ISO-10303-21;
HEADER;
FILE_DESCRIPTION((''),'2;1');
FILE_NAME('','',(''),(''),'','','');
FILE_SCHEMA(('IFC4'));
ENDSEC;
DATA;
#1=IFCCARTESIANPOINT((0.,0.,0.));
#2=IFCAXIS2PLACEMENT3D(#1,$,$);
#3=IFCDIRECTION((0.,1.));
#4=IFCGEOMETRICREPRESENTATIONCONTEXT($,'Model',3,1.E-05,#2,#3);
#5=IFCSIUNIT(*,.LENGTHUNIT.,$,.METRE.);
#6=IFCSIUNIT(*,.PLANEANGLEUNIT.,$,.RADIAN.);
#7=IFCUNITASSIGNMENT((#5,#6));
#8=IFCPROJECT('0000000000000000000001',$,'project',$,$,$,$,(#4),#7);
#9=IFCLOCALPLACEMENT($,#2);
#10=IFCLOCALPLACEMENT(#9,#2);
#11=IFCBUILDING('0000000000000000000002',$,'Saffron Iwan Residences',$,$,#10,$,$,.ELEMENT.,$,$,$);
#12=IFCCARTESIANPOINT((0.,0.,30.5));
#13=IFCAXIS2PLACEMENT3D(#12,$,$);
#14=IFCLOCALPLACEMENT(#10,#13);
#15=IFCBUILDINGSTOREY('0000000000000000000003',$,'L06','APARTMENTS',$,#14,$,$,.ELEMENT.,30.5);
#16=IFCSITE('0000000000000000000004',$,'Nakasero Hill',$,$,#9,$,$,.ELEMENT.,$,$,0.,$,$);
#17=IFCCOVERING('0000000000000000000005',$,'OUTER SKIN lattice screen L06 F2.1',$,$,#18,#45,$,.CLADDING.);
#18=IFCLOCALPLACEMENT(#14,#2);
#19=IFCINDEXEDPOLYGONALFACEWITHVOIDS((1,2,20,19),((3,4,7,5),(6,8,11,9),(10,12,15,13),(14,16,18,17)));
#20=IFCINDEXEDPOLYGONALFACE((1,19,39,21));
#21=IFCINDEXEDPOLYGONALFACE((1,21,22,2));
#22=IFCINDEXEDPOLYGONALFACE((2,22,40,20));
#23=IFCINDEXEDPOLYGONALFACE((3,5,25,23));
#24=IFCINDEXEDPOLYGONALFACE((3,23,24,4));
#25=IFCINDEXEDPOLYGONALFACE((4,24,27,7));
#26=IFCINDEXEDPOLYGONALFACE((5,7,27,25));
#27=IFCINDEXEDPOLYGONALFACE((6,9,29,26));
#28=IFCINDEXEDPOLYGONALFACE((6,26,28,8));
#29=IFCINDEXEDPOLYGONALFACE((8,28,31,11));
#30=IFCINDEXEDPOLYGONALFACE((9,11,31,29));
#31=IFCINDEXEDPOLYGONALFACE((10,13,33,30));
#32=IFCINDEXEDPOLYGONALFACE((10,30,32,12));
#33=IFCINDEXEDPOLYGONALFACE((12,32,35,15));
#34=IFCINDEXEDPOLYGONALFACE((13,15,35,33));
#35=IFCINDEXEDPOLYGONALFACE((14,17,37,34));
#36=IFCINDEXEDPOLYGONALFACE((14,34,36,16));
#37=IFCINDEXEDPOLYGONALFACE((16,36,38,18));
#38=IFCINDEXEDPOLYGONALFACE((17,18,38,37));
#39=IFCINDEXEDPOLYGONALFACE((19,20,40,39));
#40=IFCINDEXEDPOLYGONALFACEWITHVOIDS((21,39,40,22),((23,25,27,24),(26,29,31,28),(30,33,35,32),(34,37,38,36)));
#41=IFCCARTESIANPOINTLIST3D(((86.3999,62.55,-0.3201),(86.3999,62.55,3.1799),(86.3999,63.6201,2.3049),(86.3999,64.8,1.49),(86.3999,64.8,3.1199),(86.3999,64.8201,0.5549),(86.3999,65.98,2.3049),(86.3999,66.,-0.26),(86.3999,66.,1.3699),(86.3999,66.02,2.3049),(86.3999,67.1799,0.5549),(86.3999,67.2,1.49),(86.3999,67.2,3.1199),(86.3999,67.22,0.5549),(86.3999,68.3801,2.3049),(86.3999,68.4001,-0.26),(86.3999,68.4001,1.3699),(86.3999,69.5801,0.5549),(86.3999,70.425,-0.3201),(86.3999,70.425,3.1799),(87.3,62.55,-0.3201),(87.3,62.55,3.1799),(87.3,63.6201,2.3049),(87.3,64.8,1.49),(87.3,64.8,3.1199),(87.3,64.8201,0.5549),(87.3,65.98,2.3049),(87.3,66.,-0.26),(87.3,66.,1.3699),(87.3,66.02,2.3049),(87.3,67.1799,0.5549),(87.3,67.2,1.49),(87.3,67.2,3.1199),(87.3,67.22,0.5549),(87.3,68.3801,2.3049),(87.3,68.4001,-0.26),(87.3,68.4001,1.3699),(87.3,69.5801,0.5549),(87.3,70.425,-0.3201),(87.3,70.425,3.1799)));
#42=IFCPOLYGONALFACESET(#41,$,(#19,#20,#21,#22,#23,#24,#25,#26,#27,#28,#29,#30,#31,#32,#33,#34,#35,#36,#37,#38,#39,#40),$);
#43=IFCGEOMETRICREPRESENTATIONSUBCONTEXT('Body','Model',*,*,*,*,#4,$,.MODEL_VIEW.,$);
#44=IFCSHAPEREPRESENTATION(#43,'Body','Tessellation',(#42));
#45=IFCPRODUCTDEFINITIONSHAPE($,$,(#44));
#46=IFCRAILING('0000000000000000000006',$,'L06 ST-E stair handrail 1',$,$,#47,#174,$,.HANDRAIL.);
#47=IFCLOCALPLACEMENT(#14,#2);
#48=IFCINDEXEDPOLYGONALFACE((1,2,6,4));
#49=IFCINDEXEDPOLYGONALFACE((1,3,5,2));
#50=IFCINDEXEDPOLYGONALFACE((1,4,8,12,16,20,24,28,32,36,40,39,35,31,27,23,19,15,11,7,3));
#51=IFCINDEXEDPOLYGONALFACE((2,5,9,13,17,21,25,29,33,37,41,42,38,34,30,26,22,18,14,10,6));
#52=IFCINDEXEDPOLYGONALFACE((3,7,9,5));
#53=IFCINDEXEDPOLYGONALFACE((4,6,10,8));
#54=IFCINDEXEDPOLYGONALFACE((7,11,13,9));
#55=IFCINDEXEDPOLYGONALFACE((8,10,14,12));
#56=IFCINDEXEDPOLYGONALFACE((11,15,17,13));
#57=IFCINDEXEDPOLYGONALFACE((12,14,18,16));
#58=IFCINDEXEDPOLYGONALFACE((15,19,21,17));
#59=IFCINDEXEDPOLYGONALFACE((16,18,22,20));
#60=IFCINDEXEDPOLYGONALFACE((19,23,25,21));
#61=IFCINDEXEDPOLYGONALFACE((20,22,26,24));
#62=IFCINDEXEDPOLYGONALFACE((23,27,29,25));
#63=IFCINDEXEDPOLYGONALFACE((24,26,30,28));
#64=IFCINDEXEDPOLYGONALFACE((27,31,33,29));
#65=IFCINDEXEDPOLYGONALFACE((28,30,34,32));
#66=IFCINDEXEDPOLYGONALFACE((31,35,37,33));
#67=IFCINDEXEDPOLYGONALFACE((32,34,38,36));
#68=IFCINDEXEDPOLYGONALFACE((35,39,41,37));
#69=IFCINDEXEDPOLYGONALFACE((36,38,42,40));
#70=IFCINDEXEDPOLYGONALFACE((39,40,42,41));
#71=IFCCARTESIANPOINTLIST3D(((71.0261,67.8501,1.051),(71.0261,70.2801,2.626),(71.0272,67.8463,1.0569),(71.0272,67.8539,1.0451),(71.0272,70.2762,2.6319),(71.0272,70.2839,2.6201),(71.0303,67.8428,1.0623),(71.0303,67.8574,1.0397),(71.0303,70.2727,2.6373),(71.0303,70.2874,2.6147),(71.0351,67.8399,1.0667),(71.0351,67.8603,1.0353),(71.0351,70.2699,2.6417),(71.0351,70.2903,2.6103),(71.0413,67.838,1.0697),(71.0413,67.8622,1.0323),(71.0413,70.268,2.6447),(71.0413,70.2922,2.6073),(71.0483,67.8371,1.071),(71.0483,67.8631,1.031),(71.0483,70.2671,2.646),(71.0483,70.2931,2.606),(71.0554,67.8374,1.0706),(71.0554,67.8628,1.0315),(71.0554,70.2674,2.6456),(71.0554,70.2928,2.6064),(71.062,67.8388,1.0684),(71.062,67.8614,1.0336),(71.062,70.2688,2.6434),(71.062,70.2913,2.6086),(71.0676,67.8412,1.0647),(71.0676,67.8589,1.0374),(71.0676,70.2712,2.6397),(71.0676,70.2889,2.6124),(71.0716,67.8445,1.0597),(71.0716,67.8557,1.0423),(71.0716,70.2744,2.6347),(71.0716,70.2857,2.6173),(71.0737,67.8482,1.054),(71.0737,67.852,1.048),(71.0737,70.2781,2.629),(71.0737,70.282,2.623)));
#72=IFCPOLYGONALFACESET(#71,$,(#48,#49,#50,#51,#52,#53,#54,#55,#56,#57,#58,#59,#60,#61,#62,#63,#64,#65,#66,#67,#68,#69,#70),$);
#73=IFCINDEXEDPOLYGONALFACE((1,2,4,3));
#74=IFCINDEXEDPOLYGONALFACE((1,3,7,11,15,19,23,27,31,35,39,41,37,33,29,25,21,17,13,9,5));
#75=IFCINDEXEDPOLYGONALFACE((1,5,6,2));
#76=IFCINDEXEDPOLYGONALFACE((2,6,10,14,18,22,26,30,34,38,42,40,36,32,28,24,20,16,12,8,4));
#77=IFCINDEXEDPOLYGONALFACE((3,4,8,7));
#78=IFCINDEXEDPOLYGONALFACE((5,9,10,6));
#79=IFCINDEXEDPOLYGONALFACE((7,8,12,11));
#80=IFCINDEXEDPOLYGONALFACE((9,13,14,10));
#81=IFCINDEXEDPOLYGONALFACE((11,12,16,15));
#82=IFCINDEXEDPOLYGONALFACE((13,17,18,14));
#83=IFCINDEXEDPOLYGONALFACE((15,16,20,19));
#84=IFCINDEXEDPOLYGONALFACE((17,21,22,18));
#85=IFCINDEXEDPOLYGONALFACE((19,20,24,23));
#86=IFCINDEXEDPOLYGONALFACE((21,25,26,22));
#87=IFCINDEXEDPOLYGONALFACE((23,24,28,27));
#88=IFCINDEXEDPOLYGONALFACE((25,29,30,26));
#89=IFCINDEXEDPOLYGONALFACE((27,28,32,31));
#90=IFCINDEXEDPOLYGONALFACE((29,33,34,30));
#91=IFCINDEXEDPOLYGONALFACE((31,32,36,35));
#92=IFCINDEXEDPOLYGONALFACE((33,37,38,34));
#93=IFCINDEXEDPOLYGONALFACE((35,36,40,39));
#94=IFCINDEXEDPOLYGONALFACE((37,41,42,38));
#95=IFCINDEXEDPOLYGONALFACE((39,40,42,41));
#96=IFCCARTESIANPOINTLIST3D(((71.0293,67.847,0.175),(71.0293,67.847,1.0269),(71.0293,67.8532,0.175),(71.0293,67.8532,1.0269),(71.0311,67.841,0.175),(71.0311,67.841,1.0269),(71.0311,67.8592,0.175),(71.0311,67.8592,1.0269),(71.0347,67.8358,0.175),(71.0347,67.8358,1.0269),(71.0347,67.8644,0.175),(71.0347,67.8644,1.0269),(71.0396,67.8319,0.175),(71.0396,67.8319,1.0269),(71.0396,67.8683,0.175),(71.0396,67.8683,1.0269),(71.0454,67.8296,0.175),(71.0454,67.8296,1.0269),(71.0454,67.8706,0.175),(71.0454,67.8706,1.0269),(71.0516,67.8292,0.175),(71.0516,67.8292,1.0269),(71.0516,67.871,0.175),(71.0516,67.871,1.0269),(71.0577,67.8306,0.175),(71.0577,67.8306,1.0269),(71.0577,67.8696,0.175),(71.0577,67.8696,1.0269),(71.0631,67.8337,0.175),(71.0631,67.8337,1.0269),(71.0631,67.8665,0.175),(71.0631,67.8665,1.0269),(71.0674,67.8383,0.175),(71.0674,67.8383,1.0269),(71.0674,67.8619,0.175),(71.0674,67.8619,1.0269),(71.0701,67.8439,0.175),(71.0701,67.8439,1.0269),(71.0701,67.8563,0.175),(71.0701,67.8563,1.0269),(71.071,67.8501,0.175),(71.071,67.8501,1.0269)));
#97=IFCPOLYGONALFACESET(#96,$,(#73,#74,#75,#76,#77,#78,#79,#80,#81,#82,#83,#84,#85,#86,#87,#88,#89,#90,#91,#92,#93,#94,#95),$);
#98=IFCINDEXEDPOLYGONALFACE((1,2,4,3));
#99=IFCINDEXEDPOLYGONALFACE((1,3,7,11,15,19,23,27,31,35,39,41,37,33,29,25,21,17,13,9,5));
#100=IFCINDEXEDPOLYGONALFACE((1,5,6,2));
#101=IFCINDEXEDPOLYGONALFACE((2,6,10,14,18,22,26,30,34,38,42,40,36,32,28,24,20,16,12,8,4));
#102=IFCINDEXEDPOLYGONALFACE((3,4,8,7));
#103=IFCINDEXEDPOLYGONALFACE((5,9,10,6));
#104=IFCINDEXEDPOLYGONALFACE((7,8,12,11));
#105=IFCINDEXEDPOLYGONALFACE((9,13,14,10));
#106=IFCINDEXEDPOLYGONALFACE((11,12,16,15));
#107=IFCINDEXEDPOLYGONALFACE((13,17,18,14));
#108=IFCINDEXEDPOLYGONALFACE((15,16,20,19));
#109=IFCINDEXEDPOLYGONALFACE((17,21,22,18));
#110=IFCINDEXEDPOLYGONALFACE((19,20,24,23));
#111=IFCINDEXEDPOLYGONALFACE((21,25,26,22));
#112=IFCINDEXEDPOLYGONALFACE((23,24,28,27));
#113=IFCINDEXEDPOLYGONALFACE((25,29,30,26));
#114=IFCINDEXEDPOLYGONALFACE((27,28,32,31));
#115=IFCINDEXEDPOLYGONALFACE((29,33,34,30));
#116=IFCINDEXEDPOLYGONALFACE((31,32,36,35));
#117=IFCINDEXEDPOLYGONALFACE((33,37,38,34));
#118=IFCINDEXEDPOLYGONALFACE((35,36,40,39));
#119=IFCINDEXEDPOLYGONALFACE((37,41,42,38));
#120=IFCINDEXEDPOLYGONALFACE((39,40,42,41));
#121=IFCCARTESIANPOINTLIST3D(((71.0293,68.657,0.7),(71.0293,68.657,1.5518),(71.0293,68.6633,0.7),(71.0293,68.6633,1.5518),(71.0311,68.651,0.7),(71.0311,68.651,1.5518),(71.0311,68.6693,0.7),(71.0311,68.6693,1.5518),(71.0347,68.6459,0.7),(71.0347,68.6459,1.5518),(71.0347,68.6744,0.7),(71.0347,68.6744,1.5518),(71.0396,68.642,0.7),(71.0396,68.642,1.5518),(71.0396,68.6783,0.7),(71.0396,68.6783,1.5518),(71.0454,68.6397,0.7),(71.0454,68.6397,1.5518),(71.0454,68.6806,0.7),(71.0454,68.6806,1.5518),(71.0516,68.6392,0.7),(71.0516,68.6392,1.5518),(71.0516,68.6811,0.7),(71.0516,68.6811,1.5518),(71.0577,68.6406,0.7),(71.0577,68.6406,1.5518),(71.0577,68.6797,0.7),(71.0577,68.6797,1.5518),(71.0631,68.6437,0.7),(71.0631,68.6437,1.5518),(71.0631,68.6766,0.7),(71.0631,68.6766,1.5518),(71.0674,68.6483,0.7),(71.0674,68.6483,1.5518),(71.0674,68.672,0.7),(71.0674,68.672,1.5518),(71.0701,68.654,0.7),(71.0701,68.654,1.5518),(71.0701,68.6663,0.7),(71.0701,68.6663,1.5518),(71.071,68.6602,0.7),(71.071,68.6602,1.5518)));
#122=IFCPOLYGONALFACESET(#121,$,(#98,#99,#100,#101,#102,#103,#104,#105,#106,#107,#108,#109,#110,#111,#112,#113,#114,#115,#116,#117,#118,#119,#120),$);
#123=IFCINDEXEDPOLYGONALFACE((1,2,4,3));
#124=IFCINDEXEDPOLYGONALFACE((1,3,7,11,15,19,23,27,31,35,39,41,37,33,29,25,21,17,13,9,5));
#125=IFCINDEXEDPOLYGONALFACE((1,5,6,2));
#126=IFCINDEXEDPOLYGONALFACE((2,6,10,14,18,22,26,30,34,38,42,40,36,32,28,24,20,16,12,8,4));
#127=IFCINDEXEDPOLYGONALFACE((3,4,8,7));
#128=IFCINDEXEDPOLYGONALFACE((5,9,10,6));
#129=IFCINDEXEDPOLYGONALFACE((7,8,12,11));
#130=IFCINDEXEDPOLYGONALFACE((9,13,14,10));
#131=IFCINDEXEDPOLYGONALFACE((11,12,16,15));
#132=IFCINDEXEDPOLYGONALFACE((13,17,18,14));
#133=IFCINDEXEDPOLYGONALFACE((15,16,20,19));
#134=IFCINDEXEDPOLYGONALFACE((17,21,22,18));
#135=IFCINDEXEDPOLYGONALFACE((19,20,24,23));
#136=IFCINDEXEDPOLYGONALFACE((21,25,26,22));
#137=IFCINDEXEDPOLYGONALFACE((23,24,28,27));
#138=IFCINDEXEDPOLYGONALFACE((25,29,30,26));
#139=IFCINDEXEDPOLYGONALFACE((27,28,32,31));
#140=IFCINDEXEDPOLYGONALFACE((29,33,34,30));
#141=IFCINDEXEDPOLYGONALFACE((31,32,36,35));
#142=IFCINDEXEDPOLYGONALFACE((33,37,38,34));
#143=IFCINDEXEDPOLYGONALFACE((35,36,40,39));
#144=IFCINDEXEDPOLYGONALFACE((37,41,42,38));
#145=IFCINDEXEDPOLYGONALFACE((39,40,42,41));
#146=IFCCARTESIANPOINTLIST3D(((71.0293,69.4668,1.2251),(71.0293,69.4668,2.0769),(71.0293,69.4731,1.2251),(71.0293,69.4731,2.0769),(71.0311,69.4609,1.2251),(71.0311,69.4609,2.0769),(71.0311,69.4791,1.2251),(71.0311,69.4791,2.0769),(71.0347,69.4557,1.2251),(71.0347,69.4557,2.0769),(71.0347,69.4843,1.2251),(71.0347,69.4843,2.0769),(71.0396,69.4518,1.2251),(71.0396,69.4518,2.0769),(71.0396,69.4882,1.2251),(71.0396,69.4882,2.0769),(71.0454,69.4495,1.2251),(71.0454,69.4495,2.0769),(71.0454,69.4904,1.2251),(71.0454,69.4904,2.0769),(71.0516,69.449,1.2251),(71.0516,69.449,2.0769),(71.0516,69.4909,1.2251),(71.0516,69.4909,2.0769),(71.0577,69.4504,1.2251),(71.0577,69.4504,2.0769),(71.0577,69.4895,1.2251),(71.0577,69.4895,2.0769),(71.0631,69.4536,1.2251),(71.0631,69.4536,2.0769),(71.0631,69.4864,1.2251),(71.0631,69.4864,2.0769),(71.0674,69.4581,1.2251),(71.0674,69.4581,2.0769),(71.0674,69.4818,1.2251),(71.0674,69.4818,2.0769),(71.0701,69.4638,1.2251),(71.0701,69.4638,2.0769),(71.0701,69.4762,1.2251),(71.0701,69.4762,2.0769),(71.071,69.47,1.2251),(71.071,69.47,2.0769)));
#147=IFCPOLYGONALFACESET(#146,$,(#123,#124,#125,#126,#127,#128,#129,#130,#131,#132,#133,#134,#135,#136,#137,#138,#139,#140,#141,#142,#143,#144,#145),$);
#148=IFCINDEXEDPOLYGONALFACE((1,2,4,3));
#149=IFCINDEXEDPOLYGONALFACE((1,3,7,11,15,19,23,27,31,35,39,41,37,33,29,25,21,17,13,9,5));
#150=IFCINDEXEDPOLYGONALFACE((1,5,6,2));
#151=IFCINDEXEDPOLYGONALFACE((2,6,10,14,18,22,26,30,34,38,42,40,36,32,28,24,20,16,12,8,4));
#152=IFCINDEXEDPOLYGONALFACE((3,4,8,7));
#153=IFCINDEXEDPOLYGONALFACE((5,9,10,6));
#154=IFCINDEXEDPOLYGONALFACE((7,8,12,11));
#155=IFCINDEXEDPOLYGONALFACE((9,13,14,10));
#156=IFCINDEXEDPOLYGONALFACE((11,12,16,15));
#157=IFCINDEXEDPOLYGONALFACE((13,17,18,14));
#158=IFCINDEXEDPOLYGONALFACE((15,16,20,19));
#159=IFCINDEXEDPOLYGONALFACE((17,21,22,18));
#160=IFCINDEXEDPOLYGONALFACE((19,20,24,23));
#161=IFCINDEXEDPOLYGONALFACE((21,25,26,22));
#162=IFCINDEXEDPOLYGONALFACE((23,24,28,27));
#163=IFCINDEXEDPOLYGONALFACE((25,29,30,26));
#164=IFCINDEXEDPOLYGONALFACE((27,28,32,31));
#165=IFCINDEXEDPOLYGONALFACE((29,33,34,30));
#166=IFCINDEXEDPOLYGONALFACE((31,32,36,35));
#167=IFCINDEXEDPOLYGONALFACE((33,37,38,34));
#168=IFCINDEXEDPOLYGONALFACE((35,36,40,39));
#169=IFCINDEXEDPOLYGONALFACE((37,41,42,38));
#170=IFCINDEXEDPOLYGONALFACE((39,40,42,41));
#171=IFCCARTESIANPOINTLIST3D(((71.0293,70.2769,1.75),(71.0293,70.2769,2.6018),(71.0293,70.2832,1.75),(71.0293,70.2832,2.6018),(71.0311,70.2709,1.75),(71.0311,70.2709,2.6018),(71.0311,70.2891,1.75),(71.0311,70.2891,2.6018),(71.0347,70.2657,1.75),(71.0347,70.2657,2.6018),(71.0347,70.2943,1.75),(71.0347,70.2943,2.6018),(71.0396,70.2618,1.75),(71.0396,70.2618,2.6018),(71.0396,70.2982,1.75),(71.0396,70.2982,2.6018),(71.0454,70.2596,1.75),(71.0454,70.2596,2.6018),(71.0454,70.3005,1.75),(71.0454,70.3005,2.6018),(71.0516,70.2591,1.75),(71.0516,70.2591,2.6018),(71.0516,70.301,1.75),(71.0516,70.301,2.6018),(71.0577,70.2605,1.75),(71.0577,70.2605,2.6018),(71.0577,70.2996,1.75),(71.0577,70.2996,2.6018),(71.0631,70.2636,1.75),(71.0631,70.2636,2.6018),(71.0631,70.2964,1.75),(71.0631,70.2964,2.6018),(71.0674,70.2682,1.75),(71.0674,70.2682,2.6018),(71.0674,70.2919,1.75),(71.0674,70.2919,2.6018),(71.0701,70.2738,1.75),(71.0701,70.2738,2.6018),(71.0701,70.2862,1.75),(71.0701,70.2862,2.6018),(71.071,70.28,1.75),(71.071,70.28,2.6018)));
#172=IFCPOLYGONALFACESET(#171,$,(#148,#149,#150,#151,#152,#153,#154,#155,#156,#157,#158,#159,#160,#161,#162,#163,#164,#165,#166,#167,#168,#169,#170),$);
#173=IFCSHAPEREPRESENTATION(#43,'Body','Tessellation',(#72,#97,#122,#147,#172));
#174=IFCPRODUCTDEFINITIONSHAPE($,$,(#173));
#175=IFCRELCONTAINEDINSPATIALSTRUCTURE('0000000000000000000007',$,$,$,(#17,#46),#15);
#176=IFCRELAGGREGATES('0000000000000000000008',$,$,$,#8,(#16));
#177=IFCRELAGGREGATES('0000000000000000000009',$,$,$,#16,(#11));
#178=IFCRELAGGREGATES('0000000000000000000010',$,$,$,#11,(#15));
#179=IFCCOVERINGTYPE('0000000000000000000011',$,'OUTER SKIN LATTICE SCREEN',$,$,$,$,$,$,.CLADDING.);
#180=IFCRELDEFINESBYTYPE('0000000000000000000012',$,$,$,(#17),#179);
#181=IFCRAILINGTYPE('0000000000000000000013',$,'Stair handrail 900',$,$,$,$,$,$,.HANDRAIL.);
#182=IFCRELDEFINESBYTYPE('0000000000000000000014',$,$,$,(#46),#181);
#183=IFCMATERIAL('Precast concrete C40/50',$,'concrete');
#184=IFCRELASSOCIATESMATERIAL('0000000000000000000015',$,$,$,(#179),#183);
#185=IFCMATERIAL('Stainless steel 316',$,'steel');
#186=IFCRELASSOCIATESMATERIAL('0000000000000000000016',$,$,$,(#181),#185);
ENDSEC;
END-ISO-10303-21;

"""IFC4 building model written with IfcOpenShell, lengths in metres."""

from ifc_helpers import new_model, si_unit, direction, frame, origin, origin_2d, place, context, subcontext, project, spatial, polyline, circle, outline, extrude, material, type_object, element, save


model = new_model("IFC4")

# Units and contexts
model_context = context("Model", 3, precision=1e-05, world=origin(), true_north=direction((0.0, 1.0)))
body_context = subcontext(model_context, "Body", "Model", "MODEL_VIEW")
ifc_project = project(units=[si_unit("LENGTHUNIT", "METRE"), si_unit("PLANEANGLEUNIT", "RADIAN")], contexts=[model_context])

# Site, building, storey
site_placement = place(None, origin())
site = spatial("IfcSite", under=ifc_project, at=site_placement, Name="Nakasero Hill", CompositionType="ELEMENT", RefElevation=0.0)
building_placement = place(site_placement, origin())
building = spatial("IfcBuilding", under=site, at=building_placement, Name="Saffron Iwan Residences", CompositionType="ELEMENT")
storey_placement = place(building_placement, frame((0.0, 0.0, 30.5)))
storey = spatial("IfcBuildingStorey", under=building, at=storey_placement, Name="L06", Description="APARTMENTS", CompositionType="ELEMENT", Elevation=30.5)

# Shared definitions
ifc_material_1 = material(Name="Stainless steel 316", Category="steel")

# Covering
ifc_material_2 = material(Name="Precast concrete C40/50", Category="concrete")
covering_type = type_object("IfcCoveringType", Name="OUTER SKIN LATTICE SCREEN", PredefinedType="CLADDING", material=ifc_material_2)
covering_placement = place(storey_placement, frame((86.3999, 62.55, -0.3201), z_axis=(1.0, 0.0, 0.0), x_axis=(0.0, 1.0, 0.0)))
element("IfcCovering", 1, at=covering_placement, inside=storey, type_object=covering_type, Name="OUTER SKIN lattice screen L06 F2.1", PredefinedType="CLADDING", context=body_context, shape_type="SweptSolid", body=[
    extrude(outline(polyline([(0.0, 0.0), (7.875, 0.0), (7.875, 3.5), (0.0, 3.5), (0.0, 0.0)]), holes=[polyline([(2.27, 0.875), (3.45, 0.0601), (4.6299, 0.875), (3.45, 1.6899), (2.27, 0.875)]), polyline([(4.6699, 0.875), (5.8501, 0.0601), (7.03, 0.875), (5.8501, 1.6899), (4.6699, 0.875)]), polyline([(1.0701, 2.625), (2.25, 1.8101), (3.4299, 2.625), (2.25, 3.4399), (1.0701, 2.625)]), polyline([(3.47, 2.625), (4.6499, 1.8101), (5.8301, 2.625), (4.6499, 3.4399), (3.47, 2.625)])]), origin(), (0.0, 0.0, 1.0), 0.9001),
])

# Railing
railing_type_1 = type_object("IfcRailingType", Name="Stair handrail 900", PredefinedType="HANDRAIL", material=ifc_material_1)
railing_1_placement = place(storey_placement, frame((71.05, 67.8501, 0.175)))
element("IfcRailing", 2, at=railing_1_placement, inside=storey, type_object=railing_type_1, Name="L06 ST-E stair handrail 1", PredefinedType="HANDRAIL", context=body_context, shape_type="SweptSolid", body=[
    extrude(circle(Radius=0.0239, at=origin_2d()), frame((0.0, 0.0, 0.876), z_axis=(0.0, 0.839154, 0.543894), x_axis=(-1.0, 0.0, 0.0)), (0.0, 0.0, 1.0), 2.8958),
    extrude(circle(Radius=0.021, at=origin_2d()), origin(), (0.0, 0.0, 1.0), 0.8518),
    extrude(circle(Radius=0.021, at=origin_2d()), frame((0.0, 0.8101, 0.5249)), (0.0, 0.0, 1.0), 0.8518),
    extrude(circle(Radius=0.021, at=origin_2d()), frame((0.0, 1.6199, 1.05)), (0.0, 0.0, 1.0), 0.8518),
    extrude(circle(Radius=0.021, at=origin_2d()), frame((0.0, 2.4299, 1.575)), (0.0, 0.0, 1.0), 0.8518),
])

save(model, "model.ifc")
